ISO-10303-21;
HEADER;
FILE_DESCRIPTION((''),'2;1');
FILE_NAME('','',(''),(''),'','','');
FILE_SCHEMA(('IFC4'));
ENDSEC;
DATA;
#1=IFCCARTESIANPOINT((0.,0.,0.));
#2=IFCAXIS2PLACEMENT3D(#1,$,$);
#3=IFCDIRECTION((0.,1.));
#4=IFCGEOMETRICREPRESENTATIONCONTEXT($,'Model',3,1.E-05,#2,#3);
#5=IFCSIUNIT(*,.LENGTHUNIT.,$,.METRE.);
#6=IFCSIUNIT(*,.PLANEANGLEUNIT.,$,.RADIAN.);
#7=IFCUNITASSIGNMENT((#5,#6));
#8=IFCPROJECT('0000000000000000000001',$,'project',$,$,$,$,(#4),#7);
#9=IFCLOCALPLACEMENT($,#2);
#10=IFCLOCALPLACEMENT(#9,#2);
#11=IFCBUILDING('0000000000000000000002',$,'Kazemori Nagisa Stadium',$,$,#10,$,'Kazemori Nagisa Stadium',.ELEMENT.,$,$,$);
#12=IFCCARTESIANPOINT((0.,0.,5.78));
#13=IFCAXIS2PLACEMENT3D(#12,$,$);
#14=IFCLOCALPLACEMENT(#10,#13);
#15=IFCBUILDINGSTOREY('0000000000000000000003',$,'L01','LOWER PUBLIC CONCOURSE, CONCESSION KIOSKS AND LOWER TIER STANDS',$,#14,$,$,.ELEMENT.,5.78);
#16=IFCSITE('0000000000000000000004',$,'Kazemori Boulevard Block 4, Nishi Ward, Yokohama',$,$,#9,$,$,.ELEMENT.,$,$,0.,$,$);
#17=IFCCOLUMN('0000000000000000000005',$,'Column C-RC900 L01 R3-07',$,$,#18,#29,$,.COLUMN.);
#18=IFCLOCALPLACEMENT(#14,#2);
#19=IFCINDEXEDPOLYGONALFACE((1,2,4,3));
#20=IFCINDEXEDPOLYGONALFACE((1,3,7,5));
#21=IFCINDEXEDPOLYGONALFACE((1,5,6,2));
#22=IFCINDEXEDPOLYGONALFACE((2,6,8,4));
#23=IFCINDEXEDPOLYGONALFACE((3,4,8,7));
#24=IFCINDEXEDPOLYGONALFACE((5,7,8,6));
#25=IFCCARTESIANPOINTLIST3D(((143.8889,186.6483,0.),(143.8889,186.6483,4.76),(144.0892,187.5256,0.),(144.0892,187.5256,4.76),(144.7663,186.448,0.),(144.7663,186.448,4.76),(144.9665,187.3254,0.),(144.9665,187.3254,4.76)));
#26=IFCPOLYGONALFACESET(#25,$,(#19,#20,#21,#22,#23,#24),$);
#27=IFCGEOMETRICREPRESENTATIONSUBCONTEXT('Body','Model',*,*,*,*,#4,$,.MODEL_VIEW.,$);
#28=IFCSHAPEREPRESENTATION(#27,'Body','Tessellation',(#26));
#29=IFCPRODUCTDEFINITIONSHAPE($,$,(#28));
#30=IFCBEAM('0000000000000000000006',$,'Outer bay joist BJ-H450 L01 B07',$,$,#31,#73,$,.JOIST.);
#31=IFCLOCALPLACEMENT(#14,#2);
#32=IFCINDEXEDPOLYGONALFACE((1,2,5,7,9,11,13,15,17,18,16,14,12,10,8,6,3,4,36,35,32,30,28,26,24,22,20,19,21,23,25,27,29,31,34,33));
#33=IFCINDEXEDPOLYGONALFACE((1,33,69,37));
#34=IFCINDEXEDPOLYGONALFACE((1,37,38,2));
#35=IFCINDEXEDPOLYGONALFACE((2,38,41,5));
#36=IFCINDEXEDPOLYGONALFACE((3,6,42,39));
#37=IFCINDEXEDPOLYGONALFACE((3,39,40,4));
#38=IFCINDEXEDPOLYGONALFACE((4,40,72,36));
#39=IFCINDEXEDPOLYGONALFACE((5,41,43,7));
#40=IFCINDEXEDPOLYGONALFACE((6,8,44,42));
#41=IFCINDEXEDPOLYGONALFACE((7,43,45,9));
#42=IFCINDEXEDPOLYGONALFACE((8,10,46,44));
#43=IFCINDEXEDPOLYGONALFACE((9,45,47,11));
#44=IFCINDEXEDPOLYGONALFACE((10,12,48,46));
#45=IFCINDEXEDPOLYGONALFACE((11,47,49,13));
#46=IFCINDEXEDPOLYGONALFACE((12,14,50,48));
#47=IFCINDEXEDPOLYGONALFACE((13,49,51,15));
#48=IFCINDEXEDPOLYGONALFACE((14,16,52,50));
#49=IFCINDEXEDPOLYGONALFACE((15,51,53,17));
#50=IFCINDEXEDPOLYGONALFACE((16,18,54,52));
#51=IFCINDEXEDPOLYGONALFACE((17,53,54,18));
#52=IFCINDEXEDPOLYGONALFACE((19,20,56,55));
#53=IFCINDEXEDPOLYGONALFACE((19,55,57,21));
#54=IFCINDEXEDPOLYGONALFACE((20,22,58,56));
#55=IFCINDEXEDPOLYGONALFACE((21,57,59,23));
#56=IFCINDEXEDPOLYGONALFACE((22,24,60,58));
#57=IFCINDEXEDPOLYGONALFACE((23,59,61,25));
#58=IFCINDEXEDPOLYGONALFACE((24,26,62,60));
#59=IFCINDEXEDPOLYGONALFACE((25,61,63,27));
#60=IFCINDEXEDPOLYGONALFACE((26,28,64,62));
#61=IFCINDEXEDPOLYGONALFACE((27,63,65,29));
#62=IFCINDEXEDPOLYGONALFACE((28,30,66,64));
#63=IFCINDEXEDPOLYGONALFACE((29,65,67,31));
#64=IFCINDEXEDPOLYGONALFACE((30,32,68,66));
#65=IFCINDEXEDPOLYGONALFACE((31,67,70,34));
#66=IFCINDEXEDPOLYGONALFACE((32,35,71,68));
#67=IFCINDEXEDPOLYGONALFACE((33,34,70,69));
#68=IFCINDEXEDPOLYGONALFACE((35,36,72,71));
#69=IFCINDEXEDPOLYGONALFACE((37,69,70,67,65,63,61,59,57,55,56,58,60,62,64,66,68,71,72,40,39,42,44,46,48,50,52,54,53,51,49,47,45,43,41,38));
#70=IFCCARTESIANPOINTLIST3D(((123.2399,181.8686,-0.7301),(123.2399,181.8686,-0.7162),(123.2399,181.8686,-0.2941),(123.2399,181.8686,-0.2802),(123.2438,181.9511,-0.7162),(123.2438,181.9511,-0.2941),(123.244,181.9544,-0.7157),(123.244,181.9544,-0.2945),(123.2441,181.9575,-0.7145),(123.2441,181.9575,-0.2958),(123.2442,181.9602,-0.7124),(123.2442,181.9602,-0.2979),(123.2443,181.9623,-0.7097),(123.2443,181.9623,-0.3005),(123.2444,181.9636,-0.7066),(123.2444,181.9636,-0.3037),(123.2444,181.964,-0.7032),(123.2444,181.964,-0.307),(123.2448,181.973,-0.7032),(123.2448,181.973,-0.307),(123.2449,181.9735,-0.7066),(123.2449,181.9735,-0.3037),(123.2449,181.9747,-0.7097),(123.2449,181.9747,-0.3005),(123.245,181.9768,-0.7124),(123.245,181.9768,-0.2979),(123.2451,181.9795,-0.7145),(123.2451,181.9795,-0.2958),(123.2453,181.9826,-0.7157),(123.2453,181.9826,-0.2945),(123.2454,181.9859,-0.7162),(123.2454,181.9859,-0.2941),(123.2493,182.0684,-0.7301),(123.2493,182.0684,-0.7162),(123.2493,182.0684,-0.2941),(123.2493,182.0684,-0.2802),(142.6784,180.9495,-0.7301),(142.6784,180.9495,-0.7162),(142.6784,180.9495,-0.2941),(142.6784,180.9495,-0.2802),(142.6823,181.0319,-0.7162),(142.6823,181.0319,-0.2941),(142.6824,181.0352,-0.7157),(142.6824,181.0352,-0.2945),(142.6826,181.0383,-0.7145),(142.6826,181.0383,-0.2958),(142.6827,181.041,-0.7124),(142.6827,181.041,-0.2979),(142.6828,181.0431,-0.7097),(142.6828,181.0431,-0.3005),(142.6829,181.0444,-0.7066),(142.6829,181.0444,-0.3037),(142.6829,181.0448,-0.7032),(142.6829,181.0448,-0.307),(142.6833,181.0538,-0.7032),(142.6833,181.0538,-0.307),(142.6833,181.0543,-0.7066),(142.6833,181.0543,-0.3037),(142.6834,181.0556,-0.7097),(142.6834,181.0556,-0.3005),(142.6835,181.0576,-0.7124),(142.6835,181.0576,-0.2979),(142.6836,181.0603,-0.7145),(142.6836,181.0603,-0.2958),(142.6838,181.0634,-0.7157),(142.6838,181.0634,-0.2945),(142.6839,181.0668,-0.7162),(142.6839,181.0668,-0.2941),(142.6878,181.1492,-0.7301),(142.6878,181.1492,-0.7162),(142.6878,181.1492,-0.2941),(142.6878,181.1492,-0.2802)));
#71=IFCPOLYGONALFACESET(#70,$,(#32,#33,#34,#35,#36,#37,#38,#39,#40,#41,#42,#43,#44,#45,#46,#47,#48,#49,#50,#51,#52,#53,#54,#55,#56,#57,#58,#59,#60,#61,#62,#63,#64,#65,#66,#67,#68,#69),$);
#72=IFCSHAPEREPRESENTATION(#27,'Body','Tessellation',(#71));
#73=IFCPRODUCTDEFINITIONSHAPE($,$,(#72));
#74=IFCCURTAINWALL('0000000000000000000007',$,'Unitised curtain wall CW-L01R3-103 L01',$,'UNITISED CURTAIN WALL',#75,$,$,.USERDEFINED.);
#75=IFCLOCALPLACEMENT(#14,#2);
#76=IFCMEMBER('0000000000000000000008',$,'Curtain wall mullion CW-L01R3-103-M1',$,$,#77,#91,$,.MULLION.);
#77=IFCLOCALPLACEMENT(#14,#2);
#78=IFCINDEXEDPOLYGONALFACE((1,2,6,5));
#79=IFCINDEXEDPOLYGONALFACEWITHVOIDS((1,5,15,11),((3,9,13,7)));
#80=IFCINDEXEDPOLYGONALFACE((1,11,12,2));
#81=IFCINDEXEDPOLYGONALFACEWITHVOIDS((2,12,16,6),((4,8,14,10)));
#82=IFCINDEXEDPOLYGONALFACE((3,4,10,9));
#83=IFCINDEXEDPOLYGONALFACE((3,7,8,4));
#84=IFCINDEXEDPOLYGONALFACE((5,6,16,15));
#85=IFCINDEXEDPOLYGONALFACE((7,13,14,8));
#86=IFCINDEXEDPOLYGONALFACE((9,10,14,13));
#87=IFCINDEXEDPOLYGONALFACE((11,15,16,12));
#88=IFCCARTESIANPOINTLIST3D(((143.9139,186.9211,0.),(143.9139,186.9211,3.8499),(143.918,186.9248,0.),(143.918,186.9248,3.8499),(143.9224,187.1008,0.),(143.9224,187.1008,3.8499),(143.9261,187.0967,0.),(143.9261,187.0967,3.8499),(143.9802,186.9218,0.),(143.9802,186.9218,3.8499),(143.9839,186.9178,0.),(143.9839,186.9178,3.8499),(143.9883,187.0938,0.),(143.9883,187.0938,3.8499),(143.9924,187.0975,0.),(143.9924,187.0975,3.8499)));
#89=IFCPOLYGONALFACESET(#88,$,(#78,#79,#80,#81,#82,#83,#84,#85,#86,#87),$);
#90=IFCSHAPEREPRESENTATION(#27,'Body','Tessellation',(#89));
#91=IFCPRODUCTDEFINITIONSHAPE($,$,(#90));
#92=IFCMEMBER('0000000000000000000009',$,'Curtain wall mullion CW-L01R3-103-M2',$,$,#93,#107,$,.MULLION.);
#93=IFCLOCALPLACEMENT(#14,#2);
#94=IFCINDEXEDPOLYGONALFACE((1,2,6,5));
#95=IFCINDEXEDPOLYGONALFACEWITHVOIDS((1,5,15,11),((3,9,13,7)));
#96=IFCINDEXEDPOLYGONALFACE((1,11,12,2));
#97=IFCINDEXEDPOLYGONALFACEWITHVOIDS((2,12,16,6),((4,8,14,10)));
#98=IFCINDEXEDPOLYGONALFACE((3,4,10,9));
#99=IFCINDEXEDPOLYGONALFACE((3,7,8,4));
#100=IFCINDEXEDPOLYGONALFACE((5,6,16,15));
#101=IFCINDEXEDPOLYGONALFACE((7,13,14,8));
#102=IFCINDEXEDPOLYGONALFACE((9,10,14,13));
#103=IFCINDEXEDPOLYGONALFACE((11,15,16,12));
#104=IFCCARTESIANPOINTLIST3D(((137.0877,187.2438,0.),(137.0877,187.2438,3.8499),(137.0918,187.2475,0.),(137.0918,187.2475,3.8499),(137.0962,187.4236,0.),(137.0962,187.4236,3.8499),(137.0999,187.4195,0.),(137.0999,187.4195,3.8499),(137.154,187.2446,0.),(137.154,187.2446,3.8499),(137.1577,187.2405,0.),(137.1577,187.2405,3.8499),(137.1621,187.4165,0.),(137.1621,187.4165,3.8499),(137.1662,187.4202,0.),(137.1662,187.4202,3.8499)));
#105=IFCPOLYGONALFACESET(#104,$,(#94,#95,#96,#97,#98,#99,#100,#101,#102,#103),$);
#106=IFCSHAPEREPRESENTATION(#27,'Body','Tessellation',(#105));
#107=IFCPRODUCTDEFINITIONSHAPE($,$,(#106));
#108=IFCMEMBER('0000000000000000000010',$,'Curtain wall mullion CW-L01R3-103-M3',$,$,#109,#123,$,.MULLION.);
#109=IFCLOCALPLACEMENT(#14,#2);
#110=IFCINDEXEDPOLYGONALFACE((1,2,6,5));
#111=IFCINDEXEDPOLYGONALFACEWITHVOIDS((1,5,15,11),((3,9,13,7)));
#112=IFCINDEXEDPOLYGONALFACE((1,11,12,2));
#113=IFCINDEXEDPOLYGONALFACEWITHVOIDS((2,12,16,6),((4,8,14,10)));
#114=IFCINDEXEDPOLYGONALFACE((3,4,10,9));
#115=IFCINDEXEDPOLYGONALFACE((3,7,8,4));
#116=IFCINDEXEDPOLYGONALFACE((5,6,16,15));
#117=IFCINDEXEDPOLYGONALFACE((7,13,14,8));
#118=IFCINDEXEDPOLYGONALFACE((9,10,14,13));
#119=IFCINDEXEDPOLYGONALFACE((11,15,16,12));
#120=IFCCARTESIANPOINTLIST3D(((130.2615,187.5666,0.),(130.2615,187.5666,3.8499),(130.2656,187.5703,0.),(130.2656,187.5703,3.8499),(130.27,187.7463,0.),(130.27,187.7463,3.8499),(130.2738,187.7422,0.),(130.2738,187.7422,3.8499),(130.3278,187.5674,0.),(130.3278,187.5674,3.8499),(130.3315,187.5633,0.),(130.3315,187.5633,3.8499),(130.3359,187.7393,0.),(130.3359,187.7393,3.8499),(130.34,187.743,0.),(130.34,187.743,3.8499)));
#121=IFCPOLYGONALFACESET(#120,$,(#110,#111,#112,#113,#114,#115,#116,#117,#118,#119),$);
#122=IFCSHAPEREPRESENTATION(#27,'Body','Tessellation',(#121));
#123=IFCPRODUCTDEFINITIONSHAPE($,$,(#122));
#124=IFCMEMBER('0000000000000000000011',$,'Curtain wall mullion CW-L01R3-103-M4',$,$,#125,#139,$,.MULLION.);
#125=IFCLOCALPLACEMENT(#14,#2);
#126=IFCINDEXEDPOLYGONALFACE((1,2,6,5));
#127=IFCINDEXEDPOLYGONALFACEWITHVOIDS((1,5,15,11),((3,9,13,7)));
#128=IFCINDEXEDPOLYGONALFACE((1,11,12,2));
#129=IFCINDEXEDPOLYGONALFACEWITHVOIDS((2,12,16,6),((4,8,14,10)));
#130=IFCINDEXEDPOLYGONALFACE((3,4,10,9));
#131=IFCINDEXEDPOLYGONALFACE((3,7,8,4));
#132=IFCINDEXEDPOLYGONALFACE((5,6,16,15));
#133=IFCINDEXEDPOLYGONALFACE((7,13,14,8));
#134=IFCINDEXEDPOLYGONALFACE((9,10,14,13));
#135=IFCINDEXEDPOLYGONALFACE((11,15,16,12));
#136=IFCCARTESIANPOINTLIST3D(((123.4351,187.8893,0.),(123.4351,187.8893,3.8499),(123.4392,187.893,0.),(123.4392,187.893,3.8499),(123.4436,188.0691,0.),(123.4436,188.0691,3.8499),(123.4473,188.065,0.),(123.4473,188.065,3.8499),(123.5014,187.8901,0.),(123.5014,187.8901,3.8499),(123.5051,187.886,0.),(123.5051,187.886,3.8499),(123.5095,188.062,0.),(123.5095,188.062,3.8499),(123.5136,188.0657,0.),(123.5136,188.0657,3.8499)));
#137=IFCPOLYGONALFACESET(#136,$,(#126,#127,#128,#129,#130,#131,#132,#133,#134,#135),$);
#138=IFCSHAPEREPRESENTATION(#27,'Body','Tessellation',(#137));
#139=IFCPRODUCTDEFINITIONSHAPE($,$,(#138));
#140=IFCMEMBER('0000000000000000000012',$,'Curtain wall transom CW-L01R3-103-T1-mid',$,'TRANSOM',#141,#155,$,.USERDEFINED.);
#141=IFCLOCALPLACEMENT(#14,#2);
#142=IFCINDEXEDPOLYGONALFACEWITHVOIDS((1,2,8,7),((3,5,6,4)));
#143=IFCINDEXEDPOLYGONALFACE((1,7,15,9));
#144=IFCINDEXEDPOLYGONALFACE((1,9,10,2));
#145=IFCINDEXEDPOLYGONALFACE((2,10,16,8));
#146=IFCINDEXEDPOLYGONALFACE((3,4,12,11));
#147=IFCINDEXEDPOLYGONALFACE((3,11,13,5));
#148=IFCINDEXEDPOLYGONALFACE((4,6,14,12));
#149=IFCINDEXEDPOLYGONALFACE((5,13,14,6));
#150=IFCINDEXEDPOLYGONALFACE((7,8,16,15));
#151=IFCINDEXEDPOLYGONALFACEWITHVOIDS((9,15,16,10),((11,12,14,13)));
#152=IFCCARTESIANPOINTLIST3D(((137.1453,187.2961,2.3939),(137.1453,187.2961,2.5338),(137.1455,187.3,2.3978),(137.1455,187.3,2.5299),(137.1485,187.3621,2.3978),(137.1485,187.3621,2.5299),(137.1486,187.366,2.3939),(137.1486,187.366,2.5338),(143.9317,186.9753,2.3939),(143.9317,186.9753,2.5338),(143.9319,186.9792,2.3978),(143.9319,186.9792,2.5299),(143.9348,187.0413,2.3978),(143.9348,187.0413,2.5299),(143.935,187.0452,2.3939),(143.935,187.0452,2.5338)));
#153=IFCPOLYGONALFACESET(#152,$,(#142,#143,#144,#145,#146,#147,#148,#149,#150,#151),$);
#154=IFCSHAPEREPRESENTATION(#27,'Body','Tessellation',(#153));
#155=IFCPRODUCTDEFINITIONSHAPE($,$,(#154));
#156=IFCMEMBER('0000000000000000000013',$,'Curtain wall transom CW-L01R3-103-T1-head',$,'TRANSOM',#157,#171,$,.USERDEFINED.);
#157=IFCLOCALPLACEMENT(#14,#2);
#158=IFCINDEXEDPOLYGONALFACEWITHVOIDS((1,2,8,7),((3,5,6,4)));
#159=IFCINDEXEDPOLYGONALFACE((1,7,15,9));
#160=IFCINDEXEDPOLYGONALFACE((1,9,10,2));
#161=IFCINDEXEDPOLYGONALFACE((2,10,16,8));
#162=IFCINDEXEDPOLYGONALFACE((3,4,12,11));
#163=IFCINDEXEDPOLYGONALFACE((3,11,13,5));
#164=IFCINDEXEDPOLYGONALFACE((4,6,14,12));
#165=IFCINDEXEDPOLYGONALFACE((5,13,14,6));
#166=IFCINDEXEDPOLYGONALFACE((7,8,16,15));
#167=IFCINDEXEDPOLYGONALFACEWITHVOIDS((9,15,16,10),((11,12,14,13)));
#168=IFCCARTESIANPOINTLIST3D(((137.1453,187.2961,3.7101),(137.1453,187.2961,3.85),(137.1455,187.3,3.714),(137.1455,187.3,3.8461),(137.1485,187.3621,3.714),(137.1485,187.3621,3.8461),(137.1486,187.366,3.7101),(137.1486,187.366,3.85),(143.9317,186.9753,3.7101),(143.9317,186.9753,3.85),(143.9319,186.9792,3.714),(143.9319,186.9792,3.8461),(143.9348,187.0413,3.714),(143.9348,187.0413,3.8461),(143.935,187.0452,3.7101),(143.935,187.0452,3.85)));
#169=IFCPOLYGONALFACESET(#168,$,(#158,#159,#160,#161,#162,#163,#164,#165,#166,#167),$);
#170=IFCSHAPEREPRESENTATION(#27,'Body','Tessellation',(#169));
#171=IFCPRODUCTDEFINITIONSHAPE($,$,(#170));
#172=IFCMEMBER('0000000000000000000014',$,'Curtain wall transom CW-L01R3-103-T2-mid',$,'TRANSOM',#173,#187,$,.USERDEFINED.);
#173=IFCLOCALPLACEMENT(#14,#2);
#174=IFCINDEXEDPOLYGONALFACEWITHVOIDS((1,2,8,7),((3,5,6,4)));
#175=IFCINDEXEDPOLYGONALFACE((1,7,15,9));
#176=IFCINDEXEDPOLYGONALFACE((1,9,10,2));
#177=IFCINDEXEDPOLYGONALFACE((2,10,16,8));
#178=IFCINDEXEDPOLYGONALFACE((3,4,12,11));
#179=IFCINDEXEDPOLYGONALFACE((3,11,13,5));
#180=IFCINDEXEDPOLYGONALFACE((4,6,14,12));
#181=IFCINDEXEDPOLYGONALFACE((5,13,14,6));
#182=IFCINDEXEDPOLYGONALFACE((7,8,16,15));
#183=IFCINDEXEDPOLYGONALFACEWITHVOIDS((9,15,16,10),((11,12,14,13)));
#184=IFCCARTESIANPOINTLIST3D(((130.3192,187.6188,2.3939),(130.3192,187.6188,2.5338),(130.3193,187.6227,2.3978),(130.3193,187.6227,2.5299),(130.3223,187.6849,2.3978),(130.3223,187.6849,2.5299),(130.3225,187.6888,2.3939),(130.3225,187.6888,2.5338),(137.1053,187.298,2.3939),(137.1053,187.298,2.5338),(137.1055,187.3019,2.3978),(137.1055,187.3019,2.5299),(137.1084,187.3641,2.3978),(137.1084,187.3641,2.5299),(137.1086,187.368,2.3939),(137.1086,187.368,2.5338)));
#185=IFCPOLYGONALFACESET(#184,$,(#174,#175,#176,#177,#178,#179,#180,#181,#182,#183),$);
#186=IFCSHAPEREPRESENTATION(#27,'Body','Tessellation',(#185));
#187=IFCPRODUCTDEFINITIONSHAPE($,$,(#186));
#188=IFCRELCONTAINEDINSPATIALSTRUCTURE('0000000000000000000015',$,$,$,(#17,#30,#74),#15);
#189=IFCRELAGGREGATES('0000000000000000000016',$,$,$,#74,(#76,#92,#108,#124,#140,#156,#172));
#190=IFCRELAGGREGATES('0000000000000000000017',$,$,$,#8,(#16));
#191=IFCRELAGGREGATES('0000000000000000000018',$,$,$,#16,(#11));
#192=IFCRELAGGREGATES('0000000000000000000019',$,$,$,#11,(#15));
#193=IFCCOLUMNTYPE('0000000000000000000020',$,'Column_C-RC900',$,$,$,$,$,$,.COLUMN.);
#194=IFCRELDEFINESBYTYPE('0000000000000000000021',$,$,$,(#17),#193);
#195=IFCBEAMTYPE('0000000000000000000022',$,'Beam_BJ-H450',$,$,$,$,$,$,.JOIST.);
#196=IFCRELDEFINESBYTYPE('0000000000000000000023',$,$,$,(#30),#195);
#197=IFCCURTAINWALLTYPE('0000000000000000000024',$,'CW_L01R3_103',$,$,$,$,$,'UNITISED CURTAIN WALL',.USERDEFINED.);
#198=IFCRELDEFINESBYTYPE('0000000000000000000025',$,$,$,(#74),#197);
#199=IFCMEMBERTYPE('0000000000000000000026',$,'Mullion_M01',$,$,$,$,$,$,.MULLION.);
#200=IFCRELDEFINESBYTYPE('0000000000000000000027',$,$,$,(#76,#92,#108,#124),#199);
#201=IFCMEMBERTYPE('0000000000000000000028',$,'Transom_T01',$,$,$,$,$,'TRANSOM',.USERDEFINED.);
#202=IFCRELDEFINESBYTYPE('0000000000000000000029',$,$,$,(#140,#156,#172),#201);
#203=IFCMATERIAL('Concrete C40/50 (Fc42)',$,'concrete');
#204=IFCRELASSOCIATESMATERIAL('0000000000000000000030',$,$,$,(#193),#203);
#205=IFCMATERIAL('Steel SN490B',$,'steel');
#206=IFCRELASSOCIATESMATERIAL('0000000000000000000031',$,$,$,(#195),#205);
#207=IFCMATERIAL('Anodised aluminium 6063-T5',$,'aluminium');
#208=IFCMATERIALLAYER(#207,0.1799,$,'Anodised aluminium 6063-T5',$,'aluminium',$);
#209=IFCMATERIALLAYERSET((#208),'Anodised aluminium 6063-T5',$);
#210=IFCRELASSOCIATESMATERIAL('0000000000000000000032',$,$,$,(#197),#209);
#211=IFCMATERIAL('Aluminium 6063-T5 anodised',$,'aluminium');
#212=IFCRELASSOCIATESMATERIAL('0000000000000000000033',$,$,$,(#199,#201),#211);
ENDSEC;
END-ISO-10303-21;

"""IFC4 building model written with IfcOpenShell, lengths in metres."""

from ifc_helpers import new_model, si_unit, direction, frame, origin, origin_2d, place, context, subcontext, project, spatial, rectangle, hollow_rectangle, i_section, extrude, material, layer, layer_set, material_profile, profile_set, type_object, element, aggregate, save


model = new_model("IFC4")

# Units and contexts
model_context = context("Model", 3, precision=1e-05, world=origin(), true_north=direction((0.0, 1.0)))
body_context = subcontext(model_context, "Body", "Model", "MODEL_VIEW")
ifc_project = project(units=[si_unit("LENGTHUNIT", "METRE"), si_unit("PLANEANGLEUNIT", "RADIAN")], contexts=[model_context])

# Site, building, storey
site_placement = place(None, origin())
site = spatial("IfcSite", under=ifc_project, at=site_placement, Name="Kazemori Boulevard Block 4, Nishi Ward, Yokohama", CompositionType="ELEMENT", RefElevation=0.0)
building_placement = place(site_placement, origin())
building = spatial("IfcBuilding", under=site, at=building_placement, Name="Kazemori Nagisa Stadium", LongName="Kazemori Nagisa Stadium", CompositionType="ELEMENT")
storey_placement = place(building_placement, frame((0.0, 0.0, 5.78)))
storey = spatial("IfcBuildingStorey", under=building, at=storey_placement, Name="L01", Description="LOWER PUBLIC CONCOURSE, CONCESSION KIOSKS AND LOWER TIER STANDS", CompositionType="ELEMENT", Elevation=5.78)

# Column
ifc_material_1 = material(Name="Concrete C40/50 (Fc42)", Category="concrete")
ifc_material_profile_1 = material_profile(ifc_material_1, rectangle(XDim=0.8999, YDim=0.8999, at=origin_2d()), Name="RC-COL-900x900")
ifc_profile_set_1 = profile_set([ifc_material_profile_1], Name="Concrete C40/50 (Fc42)")
column_type = type_object("IfcColumnType", Name="Column_C-RC900", PredefinedType="COLUMN", material=ifc_profile_set_1)
column_placement = place(storey_placement, frame((144.4277, 186.9868, 0.0), z_axis=(0.0, 0.0, 1.0), x_axis=(0.222521, 0.974928, 0.0)))
element("IfcColumn", 1, at=column_placement, inside=storey, type_object=column_type, Name="Column C-RC900 L01 R3-07", PredefinedType="COLUMN", context=body_context, shape_type="SweptSolid", body=[
    extrude(rectangle(XDim=0.8999, YDim=0.8999, at=origin_2d()), origin(), (0.0, 0.0, 1.0), 4.76),
])

# Beam
ifc_material_2 = material(Name="Steel SN490B", Category="steel")
ifc_material_profile_2 = material_profile(ifc_material_2, i_section(OverallWidth=0.2, OverallDepth=0.45, WebThickness=0.009, FlangeThickness=0.0139, FilletRadius=0.0129, at=origin_2d()), Name="H-450x200x9x14")
ifc_profile_set_2 = profile_set([ifc_material_profile_2], Name="Steel SN490B")
beam_type = type_object("IfcBeamType", Name="Beam_BJ-H450", PredefinedType="JOIST", material=ifc_profile_set_2)
beam_placement = place(storey_placement, frame((142.6831, 181.0493, -0.5051), z_axis=(-0.998884, 0.047234, 0.0), x_axis=(-0.047234, -0.998884, 0.0)))
element("IfcBeam", 2, at=beam_placement, inside=storey, type_object=beam_type, Name="Outer bay joist BJ-H450 L01 B07", PredefinedType="JOIST", context=body_context, shape_type="SweptSolid", body=[
    extrude(i_section(OverallWidth=0.2, OverallDepth=0.45, WebThickness=0.009, FlangeThickness=0.0139, FilletRadius=0.0129, at=origin_2d()), origin(), (0.0, 0.0, 1.0), 19.4602),
])

# Curtain wall, members
ifc_material_3 = material(Name="Anodised aluminium 6063-T5", Category="aluminium")
ifc_layer_1 = layer(ifc_material_3, 0.1799, Name="Anodised aluminium 6063-T5", Category="aluminium")
ifc_layer_set_1 = layer_set([ifc_layer_1], Name="Anodised aluminium 6063-T5")
curtain_wall_type = type_object("IfcCurtainWallType", Name="CW_L01R3_103", ElementType="UNITISED CURTAIN WALL", PredefinedType="USERDEFINED", material=ifc_layer_set_1)
curtain_wall_placement = place(storey_placement, origin())
curtain_wall = element("IfcCurtainWall", 3, at=curtain_wall_placement, inside=storey, type_object=curtain_wall_type, Name="Unitised curtain wall CW-L01R3-103 L01", ObjectType="UNITISED CURTAIN WALL", PredefinedType="USERDEFINED")
ifc_material_4 = material(Name="Aluminium 6063-T5 anodised", Category="aluminium")
ifc_material_profile_3 = material_profile(ifc_material_4, hollow_rectangle(XDim=0.0701, YDim=0.1799, WallThickness=0.0039, at=origin_2d()), Name="ALU-MULL-70x180x4")
ifc_profile_set_3 = profile_set([ifc_material_profile_3], Name="Aluminium 6063-T5 anodised")
member_type_1 = type_object("IfcMemberType", Name="Mullion_M01", PredefinedType="MULLION", material=ifc_profile_set_3)
member_1_placement = place(storey_placement, frame((143.9531, 187.0093, 0.0), z_axis=(0.0, 0.0, 1.0), x_axis=(-0.998884, 0.04723, 0.0)))
member_1 = element("IfcMember", 4, at=member_1_placement, type_object=member_type_1, Name="Curtain wall mullion CW-L01R3-103-M1", PredefinedType="MULLION", context=body_context, shape_type="SweptSolid", body=[
    extrude(hollow_rectangle(XDim=0.0701, YDim=0.1799, WallThickness=0.0039, at=origin_2d()), origin(), (0.0, 0.0, 1.0), 3.8499),
])
member_2_placement = place(storey_placement, frame((137.127, 187.332, 0.0), z_axis=(0.0, 0.0, 1.0), x_axis=(-0.998884, 0.04723, 0.0)))
member_2 = element("IfcMember", 5, at=member_2_placement, type_object=member_type_1, Name="Curtain wall mullion CW-L01R3-103-M2", PredefinedType="MULLION", context=body_context, shape_type="SweptSolid", body=[
    extrude(hollow_rectangle(XDim=0.0701, YDim=0.1799, WallThickness=0.0039, at=origin_2d()), origin(), (0.0, 0.0, 1.0), 3.8499),
])
member_3_placement = place(storey_placement, frame((130.3008, 187.6548, 0.0), z_axis=(0.0, 0.0, 1.0), x_axis=(-0.998884, 0.04723, 0.0)))
member_3 = element("IfcMember", 6, at=member_3_placement, type_object=member_type_1, Name="Curtain wall mullion CW-L01R3-103-M3", PredefinedType="MULLION", context=body_context, shape_type="SweptSolid", body=[
    extrude(hollow_rectangle(XDim=0.0701, YDim=0.1799, WallThickness=0.0039, at=origin_2d()), origin(), (0.0, 0.0, 1.0), 3.8499),
])
member_4_placement = place(storey_placement, frame((123.4744, 187.9775, 0.0), z_axis=(0.0, 0.0, 1.0), x_axis=(-0.998884, 0.04723, 0.0)))
member_4 = element("IfcMember", 7, at=member_4_placement, type_object=member_type_1, Name="Curtain wall mullion CW-L01R3-103-M4", PredefinedType="MULLION", context=body_context, shape_type="SweptSolid", body=[
    extrude(hollow_rectangle(XDim=0.0701, YDim=0.1799, WallThickness=0.0039, at=origin_2d()), origin(), (0.0, 0.0, 1.0), 3.8499),
])
ifc_material_profile_4 = material_profile(ifc_material_4, hollow_rectangle(XDim=0.0701, YDim=0.1399, WallThickness=0.0039, at=origin_2d()), Name="ALU-TRAN-70x140x4")
ifc_profile_set_4 = profile_set([ifc_material_profile_4], Name="Aluminium 6063-T5 anodised")
member_type_2 = type_object("IfcMemberType", Name="Transom_T01", ElementType="TRANSOM", PredefinedType="USERDEFINED", material=ifc_profile_set_4)
member_5_placement = place(storey_placement, frame((143.9333, 187.0103, 2.4639), z_axis=(-0.998885, 0.047219, 0.0), x_axis=(-0.047219, -0.998885, 0.0)))
member_5 = element("IfcMember", 8, at=member_5_placement, type_object=member_type_2, Name="Curtain wall transom CW-L01R3-103-T1-mid", ObjectType="TRANSOM", PredefinedType="USERDEFINED", context=body_context, shape_type="SweptSolid", body=[
    extrude(hollow_rectangle(XDim=0.0701, YDim=0.1399, WallThickness=0.0039, at=origin_2d()), origin(), (0.0, 0.0, 1.0), 6.7939),
])
member_6_placement = place(storey_placement, frame((143.9333, 187.0103, 3.78), z_axis=(-0.998885, 0.047219, 0.0), x_axis=(-0.047219, -0.998885, 0.0)))
member_6 = element("IfcMember", 9, at=member_6_placement, type_object=member_type_2, Name="Curtain wall transom CW-L01R3-103-T1-head", ObjectType="TRANSOM", PredefinedType="USERDEFINED", context=body_context, shape_type="SweptSolid", body=[
    extrude(hollow_rectangle(XDim=0.0701, YDim=0.1399, WallThickness=0.0039, at=origin_2d()), origin(), (0.0, 0.0, 1.0), 6.7939),
])
member_7_placement = place(storey_placement, frame((137.1069, 187.333, 2.4639), z_axis=(-0.998885, 0.04722, 0.0), x_axis=(-0.04722, -0.998885, 0.0)))
member_7 = element("IfcMember", 10, at=member_7_placement, type_object=member_type_2, Name="Curtain wall transom CW-L01R3-103-T2-mid", ObjectType="TRANSOM", PredefinedType="USERDEFINED", context=body_context, shape_type="SweptSolid", body=[
    extrude(hollow_rectangle(XDim=0.0701, YDim=0.1399, WallThickness=0.0039, at=origin_2d()), origin(), (0.0, 0.0, 1.0), 6.7937),
])
aggregate(curtain_wall, [member_1, member_2, member_3, member_4, member_5, member_6, member_7])

save(model, "model.ifc")
